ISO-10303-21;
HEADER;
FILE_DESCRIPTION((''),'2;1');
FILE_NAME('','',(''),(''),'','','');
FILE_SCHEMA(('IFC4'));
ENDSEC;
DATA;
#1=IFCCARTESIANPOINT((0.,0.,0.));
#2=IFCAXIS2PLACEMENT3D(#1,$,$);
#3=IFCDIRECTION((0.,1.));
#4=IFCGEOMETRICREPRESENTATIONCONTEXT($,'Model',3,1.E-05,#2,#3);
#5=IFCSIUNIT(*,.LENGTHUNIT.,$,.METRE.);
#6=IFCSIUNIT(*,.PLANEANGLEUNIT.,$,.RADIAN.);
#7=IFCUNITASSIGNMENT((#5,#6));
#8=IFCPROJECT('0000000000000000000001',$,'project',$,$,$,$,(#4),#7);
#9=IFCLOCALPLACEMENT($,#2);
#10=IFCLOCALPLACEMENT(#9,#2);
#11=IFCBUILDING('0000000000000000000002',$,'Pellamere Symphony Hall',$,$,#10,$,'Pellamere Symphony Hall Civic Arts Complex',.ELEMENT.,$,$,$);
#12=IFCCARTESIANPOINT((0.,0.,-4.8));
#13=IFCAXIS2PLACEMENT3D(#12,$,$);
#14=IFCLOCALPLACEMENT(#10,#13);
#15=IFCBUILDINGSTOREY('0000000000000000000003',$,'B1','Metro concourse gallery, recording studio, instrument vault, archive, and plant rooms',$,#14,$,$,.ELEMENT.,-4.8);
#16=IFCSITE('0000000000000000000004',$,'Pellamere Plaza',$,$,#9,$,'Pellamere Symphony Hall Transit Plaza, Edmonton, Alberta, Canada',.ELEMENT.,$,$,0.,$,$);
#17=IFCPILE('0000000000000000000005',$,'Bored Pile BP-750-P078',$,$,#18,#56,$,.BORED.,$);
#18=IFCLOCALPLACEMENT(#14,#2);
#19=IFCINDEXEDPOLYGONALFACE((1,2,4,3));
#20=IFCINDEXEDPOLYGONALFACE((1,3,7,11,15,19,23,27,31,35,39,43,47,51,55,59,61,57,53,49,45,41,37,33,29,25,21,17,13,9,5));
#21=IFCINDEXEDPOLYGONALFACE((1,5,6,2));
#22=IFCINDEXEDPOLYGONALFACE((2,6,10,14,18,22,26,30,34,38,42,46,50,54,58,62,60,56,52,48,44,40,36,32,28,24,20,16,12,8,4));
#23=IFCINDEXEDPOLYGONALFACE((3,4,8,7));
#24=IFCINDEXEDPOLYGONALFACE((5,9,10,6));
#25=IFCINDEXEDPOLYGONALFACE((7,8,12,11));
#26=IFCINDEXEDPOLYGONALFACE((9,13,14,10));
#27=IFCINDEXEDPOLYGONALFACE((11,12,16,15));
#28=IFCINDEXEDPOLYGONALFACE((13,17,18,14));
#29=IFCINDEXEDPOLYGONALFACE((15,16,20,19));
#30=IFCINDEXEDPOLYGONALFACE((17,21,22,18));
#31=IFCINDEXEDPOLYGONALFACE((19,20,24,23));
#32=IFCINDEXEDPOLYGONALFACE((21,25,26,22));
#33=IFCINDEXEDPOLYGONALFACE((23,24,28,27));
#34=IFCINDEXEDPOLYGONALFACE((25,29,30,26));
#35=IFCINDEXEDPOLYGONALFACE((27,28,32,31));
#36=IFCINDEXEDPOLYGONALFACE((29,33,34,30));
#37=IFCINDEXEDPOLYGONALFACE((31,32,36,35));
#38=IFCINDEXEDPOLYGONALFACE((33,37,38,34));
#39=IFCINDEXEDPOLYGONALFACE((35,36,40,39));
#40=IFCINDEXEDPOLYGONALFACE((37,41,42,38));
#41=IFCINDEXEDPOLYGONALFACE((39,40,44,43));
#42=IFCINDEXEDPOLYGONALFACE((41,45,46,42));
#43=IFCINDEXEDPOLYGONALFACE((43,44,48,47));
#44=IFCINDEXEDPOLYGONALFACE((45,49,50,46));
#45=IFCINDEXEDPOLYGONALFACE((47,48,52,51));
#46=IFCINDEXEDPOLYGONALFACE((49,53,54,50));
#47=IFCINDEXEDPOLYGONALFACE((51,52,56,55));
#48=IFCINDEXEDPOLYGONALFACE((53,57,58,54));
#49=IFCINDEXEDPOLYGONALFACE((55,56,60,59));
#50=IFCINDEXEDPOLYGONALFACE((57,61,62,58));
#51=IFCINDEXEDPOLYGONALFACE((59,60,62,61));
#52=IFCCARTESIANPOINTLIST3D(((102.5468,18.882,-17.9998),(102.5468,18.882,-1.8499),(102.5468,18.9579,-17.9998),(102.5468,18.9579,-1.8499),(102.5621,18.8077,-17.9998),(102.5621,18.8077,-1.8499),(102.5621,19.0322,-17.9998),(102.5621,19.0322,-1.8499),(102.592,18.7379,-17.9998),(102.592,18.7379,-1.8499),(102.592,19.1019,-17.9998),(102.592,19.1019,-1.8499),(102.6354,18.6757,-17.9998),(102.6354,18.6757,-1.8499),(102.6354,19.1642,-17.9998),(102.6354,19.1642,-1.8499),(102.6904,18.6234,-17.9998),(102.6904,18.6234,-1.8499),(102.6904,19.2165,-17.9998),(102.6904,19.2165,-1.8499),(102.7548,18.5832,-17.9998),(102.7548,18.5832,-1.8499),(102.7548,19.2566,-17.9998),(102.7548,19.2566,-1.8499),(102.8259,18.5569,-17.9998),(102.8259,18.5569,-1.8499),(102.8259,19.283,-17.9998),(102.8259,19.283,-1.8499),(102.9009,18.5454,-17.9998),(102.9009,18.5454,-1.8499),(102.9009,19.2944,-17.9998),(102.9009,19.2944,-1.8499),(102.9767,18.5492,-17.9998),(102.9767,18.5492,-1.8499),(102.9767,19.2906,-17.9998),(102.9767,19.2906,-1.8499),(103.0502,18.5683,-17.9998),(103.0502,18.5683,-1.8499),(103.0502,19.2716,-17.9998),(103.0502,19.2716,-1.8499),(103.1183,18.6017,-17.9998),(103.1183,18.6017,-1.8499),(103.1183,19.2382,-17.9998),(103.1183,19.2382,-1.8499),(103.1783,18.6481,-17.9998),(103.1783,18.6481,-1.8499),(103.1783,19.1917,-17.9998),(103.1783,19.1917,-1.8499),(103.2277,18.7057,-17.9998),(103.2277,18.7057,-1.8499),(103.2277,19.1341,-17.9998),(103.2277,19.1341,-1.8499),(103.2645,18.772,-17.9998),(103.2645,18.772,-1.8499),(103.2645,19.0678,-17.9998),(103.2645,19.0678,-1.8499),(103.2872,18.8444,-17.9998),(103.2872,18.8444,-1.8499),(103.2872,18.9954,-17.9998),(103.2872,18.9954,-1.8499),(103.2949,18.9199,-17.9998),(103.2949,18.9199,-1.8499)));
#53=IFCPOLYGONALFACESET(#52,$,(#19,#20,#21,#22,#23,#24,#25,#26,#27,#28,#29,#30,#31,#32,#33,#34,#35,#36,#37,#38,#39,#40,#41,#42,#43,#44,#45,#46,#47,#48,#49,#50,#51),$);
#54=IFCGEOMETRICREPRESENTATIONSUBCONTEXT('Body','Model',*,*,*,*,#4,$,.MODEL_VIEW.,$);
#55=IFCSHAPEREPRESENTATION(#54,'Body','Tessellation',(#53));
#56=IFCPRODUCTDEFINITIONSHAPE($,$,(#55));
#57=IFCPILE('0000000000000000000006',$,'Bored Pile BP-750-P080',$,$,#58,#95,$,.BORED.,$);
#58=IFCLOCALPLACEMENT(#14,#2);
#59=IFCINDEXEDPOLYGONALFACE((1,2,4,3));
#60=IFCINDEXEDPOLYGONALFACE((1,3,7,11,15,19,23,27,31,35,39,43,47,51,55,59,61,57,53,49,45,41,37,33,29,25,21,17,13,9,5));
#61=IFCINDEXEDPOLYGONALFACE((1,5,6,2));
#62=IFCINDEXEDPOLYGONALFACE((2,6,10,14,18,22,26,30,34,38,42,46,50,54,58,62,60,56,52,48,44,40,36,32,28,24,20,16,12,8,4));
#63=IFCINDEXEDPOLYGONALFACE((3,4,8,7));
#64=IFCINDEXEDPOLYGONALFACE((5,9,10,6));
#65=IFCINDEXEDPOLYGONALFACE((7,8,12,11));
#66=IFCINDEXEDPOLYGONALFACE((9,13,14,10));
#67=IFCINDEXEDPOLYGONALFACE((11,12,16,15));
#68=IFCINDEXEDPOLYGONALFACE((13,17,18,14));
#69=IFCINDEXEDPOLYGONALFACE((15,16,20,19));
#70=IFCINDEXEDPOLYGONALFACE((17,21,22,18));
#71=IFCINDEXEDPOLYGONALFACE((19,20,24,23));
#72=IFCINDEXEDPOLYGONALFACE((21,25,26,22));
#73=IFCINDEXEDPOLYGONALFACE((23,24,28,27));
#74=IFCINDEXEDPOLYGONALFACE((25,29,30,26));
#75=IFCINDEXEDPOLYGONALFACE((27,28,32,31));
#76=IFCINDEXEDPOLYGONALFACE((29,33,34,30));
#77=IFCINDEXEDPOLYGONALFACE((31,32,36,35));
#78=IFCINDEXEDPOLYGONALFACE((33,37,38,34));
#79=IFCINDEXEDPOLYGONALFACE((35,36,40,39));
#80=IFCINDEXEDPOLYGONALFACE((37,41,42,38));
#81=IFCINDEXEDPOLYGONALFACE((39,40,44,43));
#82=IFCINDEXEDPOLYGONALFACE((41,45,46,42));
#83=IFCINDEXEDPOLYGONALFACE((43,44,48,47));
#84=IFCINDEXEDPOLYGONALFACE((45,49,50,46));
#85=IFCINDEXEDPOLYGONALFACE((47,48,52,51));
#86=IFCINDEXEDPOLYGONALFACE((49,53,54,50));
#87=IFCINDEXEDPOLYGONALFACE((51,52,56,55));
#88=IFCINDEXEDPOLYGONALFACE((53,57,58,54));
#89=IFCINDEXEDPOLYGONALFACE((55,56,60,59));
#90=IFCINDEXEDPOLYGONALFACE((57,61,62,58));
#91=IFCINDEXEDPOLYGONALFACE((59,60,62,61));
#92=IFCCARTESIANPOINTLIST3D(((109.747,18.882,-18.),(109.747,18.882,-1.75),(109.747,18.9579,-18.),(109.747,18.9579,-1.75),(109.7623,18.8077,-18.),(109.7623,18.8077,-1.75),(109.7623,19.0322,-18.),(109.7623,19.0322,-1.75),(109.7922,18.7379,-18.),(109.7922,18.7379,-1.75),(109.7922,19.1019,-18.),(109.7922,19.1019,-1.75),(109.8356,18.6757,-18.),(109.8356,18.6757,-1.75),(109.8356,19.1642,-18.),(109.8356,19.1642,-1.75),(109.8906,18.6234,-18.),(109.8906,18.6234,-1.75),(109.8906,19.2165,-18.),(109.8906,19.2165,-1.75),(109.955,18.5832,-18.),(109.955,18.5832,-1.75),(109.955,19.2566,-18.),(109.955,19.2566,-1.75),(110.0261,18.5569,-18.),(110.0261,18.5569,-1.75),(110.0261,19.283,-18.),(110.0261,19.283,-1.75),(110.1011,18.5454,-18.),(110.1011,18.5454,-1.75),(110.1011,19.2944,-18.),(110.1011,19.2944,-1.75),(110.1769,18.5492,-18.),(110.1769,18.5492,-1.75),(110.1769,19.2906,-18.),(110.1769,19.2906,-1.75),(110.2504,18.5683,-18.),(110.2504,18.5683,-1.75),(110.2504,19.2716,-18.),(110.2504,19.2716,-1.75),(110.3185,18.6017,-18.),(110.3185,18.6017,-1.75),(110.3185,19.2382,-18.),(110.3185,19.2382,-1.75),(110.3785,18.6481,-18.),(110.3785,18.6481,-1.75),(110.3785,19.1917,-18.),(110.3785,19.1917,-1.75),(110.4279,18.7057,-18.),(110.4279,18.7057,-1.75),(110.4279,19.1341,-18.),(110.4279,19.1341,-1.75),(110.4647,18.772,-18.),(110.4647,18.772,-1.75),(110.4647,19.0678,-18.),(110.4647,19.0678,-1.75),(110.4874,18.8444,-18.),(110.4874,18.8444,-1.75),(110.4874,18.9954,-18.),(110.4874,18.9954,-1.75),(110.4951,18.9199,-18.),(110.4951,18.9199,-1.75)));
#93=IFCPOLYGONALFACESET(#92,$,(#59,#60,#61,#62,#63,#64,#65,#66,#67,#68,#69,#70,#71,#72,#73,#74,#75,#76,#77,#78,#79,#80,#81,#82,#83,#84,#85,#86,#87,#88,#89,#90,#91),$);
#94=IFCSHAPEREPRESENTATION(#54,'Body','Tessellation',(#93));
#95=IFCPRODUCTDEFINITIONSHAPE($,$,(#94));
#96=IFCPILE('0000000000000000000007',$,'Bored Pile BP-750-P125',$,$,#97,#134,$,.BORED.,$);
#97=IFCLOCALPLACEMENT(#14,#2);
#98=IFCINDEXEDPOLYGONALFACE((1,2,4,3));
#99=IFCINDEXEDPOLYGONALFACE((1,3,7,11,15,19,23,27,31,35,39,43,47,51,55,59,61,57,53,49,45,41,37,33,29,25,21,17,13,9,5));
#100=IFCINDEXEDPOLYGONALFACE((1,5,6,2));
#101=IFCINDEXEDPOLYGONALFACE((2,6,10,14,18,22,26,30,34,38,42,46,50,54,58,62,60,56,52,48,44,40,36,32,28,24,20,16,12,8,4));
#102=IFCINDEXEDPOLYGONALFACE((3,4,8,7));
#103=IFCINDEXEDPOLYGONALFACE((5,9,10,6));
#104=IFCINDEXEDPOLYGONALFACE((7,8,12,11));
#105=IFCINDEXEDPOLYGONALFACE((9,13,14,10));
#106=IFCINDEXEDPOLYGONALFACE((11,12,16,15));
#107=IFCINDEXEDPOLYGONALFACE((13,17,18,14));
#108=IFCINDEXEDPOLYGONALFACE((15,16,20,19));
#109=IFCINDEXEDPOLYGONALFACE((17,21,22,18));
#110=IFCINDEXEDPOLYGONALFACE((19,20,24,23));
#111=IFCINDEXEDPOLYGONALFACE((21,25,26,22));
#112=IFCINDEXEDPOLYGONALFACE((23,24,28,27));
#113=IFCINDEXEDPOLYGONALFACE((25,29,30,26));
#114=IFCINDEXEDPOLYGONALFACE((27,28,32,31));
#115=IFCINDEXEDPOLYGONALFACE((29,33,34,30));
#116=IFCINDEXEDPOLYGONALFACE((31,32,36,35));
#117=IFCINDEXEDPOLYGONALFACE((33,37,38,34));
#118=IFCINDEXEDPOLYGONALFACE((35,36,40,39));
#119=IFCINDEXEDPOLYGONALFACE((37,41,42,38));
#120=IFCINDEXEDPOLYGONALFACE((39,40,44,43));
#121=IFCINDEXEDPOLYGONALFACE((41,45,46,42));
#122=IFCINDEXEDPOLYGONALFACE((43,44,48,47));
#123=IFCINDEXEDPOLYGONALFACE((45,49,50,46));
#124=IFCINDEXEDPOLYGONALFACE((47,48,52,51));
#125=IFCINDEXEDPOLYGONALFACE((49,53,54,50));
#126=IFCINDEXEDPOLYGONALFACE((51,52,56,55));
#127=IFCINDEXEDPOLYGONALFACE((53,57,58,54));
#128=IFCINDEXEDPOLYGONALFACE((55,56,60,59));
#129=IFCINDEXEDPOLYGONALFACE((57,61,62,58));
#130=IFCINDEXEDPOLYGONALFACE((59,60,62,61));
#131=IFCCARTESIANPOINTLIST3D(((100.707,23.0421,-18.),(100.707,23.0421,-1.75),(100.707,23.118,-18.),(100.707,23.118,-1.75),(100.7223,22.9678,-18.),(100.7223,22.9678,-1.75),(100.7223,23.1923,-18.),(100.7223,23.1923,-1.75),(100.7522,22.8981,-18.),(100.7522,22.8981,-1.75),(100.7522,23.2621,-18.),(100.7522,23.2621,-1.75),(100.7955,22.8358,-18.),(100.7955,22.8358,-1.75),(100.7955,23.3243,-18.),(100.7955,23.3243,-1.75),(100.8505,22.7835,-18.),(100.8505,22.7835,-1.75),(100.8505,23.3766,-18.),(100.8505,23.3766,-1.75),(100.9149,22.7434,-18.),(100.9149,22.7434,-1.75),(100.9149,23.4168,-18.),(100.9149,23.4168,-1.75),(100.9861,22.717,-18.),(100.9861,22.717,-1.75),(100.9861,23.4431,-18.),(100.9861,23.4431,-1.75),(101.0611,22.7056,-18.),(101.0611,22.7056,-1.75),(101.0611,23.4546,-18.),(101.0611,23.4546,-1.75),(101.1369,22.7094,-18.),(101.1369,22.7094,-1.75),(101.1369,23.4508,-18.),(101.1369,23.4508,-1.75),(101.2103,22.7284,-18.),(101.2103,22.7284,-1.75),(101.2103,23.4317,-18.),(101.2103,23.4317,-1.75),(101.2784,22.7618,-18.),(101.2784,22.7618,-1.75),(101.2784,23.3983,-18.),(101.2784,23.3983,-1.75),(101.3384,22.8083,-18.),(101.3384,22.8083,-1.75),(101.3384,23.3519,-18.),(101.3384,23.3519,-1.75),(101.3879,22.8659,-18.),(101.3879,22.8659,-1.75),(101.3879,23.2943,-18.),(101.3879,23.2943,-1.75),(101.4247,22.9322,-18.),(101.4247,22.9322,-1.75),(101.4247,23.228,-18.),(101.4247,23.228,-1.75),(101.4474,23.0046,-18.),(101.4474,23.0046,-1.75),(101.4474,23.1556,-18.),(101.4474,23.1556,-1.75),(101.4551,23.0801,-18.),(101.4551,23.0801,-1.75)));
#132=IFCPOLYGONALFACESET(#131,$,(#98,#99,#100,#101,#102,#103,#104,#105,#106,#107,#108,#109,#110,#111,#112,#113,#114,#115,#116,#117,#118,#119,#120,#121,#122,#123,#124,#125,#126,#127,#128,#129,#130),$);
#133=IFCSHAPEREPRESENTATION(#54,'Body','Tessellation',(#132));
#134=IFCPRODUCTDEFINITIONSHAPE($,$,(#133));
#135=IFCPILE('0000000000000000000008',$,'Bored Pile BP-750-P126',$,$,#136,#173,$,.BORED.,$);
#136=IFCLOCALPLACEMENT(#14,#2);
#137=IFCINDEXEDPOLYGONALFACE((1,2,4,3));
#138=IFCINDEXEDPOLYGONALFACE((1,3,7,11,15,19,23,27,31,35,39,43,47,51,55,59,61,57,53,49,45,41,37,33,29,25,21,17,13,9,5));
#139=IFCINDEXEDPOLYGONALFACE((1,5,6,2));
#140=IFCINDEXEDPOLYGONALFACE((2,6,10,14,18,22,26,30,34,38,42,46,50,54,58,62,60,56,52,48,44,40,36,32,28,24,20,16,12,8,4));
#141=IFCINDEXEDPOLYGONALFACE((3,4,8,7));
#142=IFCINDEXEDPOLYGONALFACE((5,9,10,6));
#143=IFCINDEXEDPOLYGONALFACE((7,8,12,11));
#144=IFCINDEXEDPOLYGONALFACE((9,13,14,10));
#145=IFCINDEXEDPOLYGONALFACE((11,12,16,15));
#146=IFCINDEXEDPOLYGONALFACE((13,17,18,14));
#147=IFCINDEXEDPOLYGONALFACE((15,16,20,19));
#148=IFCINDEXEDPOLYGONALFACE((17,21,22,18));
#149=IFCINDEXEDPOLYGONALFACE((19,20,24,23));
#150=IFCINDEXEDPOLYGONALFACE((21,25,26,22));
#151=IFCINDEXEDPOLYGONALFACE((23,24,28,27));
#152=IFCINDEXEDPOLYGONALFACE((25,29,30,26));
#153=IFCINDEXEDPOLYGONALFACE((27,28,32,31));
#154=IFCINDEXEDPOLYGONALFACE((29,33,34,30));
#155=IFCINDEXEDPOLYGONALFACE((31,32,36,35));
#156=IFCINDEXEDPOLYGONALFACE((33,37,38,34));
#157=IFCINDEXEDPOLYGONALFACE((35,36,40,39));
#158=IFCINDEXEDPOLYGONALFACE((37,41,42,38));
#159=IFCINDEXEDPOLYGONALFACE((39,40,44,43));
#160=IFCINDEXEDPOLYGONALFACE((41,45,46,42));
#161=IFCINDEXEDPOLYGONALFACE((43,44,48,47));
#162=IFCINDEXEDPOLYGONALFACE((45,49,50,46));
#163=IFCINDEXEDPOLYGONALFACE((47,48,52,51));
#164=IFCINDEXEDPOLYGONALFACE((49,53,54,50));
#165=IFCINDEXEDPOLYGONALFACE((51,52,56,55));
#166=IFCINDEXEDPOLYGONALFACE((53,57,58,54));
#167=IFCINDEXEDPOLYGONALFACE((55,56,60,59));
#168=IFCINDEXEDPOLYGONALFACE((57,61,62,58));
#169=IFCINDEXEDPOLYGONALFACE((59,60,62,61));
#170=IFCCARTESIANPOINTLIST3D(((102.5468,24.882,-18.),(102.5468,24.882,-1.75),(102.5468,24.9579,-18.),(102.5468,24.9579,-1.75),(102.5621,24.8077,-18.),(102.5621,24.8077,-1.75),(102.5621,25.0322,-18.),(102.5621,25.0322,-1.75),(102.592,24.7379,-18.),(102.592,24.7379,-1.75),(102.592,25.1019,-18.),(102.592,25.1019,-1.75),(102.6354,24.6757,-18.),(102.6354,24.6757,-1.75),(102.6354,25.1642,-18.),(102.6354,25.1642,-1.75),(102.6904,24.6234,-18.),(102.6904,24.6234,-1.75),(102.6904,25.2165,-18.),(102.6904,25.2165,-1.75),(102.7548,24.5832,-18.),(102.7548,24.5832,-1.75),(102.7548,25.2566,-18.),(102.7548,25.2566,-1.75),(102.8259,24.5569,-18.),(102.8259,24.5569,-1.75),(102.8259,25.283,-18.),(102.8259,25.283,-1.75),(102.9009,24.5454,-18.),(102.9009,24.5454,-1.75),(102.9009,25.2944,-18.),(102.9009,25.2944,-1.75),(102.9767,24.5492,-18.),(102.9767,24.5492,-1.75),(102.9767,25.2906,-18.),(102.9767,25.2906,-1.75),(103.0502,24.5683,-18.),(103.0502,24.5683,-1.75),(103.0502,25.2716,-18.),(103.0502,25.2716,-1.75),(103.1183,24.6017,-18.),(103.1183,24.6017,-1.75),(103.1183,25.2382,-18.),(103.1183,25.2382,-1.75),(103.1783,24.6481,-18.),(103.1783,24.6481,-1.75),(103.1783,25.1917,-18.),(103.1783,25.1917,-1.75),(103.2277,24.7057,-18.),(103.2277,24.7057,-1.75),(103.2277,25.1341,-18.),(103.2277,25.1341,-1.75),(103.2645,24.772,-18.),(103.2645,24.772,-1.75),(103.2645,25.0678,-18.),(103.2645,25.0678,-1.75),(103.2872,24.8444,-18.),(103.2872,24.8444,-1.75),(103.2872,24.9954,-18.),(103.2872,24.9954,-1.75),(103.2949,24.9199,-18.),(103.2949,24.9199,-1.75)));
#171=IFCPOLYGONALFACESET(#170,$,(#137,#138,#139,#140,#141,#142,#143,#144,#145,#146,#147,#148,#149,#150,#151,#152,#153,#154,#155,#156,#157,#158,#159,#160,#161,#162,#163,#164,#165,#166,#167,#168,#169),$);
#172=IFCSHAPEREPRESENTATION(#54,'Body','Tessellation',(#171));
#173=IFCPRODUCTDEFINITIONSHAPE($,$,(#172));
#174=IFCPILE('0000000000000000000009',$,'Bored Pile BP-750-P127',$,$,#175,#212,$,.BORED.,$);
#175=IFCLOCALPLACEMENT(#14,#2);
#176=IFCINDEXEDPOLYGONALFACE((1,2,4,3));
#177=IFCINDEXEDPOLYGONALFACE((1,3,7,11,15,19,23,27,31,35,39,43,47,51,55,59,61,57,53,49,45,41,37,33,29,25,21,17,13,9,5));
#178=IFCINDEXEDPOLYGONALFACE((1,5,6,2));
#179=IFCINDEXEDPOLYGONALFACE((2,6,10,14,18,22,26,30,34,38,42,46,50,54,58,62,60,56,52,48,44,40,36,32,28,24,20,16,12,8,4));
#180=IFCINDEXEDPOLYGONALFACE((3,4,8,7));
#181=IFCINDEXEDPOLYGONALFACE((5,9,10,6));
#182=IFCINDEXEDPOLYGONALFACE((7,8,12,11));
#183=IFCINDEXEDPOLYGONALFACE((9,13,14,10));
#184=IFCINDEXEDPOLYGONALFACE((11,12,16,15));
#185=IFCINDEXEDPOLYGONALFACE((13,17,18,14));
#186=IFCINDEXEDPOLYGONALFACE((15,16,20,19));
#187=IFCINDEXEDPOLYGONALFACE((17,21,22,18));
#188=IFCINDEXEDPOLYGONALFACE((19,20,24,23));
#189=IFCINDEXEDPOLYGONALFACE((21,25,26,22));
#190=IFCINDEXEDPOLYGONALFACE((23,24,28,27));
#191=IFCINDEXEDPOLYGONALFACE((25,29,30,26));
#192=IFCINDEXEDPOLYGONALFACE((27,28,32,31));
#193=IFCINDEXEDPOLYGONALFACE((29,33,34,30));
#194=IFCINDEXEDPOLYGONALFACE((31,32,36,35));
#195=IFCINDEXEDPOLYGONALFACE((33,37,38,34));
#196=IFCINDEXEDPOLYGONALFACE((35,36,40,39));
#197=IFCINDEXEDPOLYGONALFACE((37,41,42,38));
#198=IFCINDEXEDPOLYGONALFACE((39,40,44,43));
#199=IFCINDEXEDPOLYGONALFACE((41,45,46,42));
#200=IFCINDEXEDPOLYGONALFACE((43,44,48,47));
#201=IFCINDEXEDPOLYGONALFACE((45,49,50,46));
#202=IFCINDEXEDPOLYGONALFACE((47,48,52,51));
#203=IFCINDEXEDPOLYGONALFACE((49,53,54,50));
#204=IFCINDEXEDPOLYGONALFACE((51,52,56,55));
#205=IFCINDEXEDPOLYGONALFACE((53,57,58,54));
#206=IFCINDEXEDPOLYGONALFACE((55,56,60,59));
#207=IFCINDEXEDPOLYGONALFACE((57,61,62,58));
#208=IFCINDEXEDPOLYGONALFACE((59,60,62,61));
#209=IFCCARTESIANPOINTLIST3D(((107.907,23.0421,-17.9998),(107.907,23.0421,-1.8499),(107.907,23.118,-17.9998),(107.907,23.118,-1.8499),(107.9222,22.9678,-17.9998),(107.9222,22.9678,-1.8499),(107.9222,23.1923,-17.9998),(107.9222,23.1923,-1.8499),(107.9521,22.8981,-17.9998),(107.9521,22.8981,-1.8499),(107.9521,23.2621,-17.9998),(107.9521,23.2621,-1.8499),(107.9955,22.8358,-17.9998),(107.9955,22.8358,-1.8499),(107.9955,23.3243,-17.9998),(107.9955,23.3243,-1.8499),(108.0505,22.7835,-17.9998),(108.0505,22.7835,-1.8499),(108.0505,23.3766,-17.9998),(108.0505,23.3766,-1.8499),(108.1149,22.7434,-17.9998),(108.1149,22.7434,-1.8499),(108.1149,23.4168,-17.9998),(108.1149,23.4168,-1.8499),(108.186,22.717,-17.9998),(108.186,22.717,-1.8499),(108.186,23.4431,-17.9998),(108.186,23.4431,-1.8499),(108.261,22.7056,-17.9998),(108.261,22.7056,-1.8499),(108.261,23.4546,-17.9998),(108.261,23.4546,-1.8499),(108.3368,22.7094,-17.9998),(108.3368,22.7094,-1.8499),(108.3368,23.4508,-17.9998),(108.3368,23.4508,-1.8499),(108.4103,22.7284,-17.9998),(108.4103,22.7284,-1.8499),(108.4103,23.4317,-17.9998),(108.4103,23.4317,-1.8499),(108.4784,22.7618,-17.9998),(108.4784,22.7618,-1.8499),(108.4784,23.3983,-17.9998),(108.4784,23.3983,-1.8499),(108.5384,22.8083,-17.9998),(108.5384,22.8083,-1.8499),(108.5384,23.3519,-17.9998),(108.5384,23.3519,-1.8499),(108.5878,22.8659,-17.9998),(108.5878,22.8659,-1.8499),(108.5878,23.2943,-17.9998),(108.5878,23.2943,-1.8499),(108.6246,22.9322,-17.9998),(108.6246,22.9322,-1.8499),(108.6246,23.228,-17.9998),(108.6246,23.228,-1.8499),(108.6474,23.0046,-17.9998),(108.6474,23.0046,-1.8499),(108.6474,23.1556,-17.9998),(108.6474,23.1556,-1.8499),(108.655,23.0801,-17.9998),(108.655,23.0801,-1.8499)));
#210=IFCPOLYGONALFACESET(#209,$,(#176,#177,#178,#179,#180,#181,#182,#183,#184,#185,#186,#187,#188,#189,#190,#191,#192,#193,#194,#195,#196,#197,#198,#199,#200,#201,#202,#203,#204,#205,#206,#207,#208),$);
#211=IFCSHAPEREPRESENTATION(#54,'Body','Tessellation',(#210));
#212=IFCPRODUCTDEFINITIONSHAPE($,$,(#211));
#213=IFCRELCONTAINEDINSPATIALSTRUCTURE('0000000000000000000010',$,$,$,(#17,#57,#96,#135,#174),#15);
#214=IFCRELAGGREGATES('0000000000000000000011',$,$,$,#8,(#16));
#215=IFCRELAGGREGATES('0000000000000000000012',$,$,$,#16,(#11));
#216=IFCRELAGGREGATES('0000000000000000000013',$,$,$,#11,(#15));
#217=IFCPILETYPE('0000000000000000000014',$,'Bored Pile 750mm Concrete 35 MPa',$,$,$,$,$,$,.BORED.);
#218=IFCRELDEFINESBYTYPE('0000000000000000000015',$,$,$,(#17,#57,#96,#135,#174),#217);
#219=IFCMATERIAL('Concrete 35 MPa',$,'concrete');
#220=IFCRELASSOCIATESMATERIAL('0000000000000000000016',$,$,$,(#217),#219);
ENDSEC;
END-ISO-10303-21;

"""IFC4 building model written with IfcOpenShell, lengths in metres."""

from ifc_helpers import new_model, si_unit, direction, frame, origin, origin_2d, place, context, subcontext, project, spatial, circle, extrude, material, material_profile, profile_set, type_object, element, save


model = new_model("IFC4")

# Units and contexts
model_context = context("Model", 3, precision=1e-05, world=origin(), true_north=direction((0.0, 1.0)))
body_context = subcontext(model_context, "Body", "Model", "MODEL_VIEW")
ifc_project = project(units=[si_unit("LENGTHUNIT", "METRE"), si_unit("PLANEANGLEUNIT", "RADIAN")], contexts=[model_context])

# Site, building, storey
site_placement = place(None, origin())
site = spatial("IfcSite", under=ifc_project, at=site_placement, Name="Pellamere Plaza", LongName="Pellamere Symphony Hall Transit Plaza, Edmonton, Alberta, Canada", CompositionType="ELEMENT", RefElevation=0.0)
building_placement = place(site_placement, origin())
building = spatial("IfcBuilding", under=site, at=building_placement, Name="Pellamere Symphony Hall", LongName="Pellamere Symphony Hall Civic Arts Complex", CompositionType="ELEMENT")
storey_placement = place(building_placement, frame((0.0, 0.0, -4.8)))
storey = spatial("IfcBuildingStorey", under=building, at=storey_placement, Name="B1", Description="Metro concourse gallery, recording studio, instrument vault, archive, and plant rooms", CompositionType="ELEMENT", Elevation=-4.8)

# Piles
ifc_material_1 = material(Name="Concrete 35 MPa", Category="concrete")
ifc_material_profile_1 = material_profile(ifc_material_1, circle(Radius=0.375, at=origin_2d()), Name="PILE D750")
ifc_profile_set_1 = profile_set([ifc_material_profile_1], Name="Concrete 35 MPa")
pile_type = type_object("IfcPileType", Name="Bored Pile 750mm Concrete 35 MPa", PredefinedType="BORED", material=ifc_profile_set_1)
pile_1_placement = place(storey_placement, frame((102.9199, 18.9199, -1.8499), z_axis=(0.0, 0.0, -1.0), x_axis=(1.0, 0.0, 0.0)))
element("IfcPile", 1, at=pile_1_placement, inside=storey, type_object=pile_type, Name="Bored Pile BP-750-P078", PredefinedType="BORED", context=body_context, shape_type="SweptSolid", body=[
    extrude(circle(Radius=0.375, at=origin_2d()), origin(), (0.0, 0.0, 1.0), 16.1499),
])
for number, where, z_axis, x_axis, name in (
    (2, (110.1201, 18.9199, -1.75), (0.0, 0.0, -1.0), (1.0, 0.0, 0.0), "Bored Pile BP-750-P080"),
    (3, (101.0801, 23.0801, -1.75), (0.0, 0.0, -1.0), (1.0, 0.0, 0.0), "Bored Pile BP-750-P125"),
    (4, (102.9199, 24.9199, -1.75), (0.0, 0.0, -1.0), (1.0, 0.0, 0.0), "Bored Pile BP-750-P126"),
):
    element("IfcPile", number, at=place(storey_placement, frame(where, z_axis=z_axis, x_axis=x_axis)), inside=storey, type_object=pile_type, Name=name, PredefinedType="BORED", context=body_context, shape_type="SweptSolid", body=[
        extrude(circle(Radius=0.375, at=origin_2d()), origin(), (0.0, 0.0, 1.0), 16.25),
    ])
for number, where, z_axis, x_axis, name in (
    (5, (108.28, 23.0801, -1.8499), (0.0, 0.0, -1.0), (1.0, 0.0, 0.0), "Bored Pile BP-750-P127"),
):
    element("IfcPile", number, at=place(storey_placement, frame(where, z_axis=z_axis, x_axis=x_axis)), inside=storey, type_object=pile_type, Name=name, PredefinedType="BORED", context=body_context, shape_type="SweptSolid", body=[
        extrude(circle(Radius=0.375, at=origin_2d()), origin(), (0.0, 0.0, 1.0), 16.1499),
    ])

save(model, "model.ifc")
